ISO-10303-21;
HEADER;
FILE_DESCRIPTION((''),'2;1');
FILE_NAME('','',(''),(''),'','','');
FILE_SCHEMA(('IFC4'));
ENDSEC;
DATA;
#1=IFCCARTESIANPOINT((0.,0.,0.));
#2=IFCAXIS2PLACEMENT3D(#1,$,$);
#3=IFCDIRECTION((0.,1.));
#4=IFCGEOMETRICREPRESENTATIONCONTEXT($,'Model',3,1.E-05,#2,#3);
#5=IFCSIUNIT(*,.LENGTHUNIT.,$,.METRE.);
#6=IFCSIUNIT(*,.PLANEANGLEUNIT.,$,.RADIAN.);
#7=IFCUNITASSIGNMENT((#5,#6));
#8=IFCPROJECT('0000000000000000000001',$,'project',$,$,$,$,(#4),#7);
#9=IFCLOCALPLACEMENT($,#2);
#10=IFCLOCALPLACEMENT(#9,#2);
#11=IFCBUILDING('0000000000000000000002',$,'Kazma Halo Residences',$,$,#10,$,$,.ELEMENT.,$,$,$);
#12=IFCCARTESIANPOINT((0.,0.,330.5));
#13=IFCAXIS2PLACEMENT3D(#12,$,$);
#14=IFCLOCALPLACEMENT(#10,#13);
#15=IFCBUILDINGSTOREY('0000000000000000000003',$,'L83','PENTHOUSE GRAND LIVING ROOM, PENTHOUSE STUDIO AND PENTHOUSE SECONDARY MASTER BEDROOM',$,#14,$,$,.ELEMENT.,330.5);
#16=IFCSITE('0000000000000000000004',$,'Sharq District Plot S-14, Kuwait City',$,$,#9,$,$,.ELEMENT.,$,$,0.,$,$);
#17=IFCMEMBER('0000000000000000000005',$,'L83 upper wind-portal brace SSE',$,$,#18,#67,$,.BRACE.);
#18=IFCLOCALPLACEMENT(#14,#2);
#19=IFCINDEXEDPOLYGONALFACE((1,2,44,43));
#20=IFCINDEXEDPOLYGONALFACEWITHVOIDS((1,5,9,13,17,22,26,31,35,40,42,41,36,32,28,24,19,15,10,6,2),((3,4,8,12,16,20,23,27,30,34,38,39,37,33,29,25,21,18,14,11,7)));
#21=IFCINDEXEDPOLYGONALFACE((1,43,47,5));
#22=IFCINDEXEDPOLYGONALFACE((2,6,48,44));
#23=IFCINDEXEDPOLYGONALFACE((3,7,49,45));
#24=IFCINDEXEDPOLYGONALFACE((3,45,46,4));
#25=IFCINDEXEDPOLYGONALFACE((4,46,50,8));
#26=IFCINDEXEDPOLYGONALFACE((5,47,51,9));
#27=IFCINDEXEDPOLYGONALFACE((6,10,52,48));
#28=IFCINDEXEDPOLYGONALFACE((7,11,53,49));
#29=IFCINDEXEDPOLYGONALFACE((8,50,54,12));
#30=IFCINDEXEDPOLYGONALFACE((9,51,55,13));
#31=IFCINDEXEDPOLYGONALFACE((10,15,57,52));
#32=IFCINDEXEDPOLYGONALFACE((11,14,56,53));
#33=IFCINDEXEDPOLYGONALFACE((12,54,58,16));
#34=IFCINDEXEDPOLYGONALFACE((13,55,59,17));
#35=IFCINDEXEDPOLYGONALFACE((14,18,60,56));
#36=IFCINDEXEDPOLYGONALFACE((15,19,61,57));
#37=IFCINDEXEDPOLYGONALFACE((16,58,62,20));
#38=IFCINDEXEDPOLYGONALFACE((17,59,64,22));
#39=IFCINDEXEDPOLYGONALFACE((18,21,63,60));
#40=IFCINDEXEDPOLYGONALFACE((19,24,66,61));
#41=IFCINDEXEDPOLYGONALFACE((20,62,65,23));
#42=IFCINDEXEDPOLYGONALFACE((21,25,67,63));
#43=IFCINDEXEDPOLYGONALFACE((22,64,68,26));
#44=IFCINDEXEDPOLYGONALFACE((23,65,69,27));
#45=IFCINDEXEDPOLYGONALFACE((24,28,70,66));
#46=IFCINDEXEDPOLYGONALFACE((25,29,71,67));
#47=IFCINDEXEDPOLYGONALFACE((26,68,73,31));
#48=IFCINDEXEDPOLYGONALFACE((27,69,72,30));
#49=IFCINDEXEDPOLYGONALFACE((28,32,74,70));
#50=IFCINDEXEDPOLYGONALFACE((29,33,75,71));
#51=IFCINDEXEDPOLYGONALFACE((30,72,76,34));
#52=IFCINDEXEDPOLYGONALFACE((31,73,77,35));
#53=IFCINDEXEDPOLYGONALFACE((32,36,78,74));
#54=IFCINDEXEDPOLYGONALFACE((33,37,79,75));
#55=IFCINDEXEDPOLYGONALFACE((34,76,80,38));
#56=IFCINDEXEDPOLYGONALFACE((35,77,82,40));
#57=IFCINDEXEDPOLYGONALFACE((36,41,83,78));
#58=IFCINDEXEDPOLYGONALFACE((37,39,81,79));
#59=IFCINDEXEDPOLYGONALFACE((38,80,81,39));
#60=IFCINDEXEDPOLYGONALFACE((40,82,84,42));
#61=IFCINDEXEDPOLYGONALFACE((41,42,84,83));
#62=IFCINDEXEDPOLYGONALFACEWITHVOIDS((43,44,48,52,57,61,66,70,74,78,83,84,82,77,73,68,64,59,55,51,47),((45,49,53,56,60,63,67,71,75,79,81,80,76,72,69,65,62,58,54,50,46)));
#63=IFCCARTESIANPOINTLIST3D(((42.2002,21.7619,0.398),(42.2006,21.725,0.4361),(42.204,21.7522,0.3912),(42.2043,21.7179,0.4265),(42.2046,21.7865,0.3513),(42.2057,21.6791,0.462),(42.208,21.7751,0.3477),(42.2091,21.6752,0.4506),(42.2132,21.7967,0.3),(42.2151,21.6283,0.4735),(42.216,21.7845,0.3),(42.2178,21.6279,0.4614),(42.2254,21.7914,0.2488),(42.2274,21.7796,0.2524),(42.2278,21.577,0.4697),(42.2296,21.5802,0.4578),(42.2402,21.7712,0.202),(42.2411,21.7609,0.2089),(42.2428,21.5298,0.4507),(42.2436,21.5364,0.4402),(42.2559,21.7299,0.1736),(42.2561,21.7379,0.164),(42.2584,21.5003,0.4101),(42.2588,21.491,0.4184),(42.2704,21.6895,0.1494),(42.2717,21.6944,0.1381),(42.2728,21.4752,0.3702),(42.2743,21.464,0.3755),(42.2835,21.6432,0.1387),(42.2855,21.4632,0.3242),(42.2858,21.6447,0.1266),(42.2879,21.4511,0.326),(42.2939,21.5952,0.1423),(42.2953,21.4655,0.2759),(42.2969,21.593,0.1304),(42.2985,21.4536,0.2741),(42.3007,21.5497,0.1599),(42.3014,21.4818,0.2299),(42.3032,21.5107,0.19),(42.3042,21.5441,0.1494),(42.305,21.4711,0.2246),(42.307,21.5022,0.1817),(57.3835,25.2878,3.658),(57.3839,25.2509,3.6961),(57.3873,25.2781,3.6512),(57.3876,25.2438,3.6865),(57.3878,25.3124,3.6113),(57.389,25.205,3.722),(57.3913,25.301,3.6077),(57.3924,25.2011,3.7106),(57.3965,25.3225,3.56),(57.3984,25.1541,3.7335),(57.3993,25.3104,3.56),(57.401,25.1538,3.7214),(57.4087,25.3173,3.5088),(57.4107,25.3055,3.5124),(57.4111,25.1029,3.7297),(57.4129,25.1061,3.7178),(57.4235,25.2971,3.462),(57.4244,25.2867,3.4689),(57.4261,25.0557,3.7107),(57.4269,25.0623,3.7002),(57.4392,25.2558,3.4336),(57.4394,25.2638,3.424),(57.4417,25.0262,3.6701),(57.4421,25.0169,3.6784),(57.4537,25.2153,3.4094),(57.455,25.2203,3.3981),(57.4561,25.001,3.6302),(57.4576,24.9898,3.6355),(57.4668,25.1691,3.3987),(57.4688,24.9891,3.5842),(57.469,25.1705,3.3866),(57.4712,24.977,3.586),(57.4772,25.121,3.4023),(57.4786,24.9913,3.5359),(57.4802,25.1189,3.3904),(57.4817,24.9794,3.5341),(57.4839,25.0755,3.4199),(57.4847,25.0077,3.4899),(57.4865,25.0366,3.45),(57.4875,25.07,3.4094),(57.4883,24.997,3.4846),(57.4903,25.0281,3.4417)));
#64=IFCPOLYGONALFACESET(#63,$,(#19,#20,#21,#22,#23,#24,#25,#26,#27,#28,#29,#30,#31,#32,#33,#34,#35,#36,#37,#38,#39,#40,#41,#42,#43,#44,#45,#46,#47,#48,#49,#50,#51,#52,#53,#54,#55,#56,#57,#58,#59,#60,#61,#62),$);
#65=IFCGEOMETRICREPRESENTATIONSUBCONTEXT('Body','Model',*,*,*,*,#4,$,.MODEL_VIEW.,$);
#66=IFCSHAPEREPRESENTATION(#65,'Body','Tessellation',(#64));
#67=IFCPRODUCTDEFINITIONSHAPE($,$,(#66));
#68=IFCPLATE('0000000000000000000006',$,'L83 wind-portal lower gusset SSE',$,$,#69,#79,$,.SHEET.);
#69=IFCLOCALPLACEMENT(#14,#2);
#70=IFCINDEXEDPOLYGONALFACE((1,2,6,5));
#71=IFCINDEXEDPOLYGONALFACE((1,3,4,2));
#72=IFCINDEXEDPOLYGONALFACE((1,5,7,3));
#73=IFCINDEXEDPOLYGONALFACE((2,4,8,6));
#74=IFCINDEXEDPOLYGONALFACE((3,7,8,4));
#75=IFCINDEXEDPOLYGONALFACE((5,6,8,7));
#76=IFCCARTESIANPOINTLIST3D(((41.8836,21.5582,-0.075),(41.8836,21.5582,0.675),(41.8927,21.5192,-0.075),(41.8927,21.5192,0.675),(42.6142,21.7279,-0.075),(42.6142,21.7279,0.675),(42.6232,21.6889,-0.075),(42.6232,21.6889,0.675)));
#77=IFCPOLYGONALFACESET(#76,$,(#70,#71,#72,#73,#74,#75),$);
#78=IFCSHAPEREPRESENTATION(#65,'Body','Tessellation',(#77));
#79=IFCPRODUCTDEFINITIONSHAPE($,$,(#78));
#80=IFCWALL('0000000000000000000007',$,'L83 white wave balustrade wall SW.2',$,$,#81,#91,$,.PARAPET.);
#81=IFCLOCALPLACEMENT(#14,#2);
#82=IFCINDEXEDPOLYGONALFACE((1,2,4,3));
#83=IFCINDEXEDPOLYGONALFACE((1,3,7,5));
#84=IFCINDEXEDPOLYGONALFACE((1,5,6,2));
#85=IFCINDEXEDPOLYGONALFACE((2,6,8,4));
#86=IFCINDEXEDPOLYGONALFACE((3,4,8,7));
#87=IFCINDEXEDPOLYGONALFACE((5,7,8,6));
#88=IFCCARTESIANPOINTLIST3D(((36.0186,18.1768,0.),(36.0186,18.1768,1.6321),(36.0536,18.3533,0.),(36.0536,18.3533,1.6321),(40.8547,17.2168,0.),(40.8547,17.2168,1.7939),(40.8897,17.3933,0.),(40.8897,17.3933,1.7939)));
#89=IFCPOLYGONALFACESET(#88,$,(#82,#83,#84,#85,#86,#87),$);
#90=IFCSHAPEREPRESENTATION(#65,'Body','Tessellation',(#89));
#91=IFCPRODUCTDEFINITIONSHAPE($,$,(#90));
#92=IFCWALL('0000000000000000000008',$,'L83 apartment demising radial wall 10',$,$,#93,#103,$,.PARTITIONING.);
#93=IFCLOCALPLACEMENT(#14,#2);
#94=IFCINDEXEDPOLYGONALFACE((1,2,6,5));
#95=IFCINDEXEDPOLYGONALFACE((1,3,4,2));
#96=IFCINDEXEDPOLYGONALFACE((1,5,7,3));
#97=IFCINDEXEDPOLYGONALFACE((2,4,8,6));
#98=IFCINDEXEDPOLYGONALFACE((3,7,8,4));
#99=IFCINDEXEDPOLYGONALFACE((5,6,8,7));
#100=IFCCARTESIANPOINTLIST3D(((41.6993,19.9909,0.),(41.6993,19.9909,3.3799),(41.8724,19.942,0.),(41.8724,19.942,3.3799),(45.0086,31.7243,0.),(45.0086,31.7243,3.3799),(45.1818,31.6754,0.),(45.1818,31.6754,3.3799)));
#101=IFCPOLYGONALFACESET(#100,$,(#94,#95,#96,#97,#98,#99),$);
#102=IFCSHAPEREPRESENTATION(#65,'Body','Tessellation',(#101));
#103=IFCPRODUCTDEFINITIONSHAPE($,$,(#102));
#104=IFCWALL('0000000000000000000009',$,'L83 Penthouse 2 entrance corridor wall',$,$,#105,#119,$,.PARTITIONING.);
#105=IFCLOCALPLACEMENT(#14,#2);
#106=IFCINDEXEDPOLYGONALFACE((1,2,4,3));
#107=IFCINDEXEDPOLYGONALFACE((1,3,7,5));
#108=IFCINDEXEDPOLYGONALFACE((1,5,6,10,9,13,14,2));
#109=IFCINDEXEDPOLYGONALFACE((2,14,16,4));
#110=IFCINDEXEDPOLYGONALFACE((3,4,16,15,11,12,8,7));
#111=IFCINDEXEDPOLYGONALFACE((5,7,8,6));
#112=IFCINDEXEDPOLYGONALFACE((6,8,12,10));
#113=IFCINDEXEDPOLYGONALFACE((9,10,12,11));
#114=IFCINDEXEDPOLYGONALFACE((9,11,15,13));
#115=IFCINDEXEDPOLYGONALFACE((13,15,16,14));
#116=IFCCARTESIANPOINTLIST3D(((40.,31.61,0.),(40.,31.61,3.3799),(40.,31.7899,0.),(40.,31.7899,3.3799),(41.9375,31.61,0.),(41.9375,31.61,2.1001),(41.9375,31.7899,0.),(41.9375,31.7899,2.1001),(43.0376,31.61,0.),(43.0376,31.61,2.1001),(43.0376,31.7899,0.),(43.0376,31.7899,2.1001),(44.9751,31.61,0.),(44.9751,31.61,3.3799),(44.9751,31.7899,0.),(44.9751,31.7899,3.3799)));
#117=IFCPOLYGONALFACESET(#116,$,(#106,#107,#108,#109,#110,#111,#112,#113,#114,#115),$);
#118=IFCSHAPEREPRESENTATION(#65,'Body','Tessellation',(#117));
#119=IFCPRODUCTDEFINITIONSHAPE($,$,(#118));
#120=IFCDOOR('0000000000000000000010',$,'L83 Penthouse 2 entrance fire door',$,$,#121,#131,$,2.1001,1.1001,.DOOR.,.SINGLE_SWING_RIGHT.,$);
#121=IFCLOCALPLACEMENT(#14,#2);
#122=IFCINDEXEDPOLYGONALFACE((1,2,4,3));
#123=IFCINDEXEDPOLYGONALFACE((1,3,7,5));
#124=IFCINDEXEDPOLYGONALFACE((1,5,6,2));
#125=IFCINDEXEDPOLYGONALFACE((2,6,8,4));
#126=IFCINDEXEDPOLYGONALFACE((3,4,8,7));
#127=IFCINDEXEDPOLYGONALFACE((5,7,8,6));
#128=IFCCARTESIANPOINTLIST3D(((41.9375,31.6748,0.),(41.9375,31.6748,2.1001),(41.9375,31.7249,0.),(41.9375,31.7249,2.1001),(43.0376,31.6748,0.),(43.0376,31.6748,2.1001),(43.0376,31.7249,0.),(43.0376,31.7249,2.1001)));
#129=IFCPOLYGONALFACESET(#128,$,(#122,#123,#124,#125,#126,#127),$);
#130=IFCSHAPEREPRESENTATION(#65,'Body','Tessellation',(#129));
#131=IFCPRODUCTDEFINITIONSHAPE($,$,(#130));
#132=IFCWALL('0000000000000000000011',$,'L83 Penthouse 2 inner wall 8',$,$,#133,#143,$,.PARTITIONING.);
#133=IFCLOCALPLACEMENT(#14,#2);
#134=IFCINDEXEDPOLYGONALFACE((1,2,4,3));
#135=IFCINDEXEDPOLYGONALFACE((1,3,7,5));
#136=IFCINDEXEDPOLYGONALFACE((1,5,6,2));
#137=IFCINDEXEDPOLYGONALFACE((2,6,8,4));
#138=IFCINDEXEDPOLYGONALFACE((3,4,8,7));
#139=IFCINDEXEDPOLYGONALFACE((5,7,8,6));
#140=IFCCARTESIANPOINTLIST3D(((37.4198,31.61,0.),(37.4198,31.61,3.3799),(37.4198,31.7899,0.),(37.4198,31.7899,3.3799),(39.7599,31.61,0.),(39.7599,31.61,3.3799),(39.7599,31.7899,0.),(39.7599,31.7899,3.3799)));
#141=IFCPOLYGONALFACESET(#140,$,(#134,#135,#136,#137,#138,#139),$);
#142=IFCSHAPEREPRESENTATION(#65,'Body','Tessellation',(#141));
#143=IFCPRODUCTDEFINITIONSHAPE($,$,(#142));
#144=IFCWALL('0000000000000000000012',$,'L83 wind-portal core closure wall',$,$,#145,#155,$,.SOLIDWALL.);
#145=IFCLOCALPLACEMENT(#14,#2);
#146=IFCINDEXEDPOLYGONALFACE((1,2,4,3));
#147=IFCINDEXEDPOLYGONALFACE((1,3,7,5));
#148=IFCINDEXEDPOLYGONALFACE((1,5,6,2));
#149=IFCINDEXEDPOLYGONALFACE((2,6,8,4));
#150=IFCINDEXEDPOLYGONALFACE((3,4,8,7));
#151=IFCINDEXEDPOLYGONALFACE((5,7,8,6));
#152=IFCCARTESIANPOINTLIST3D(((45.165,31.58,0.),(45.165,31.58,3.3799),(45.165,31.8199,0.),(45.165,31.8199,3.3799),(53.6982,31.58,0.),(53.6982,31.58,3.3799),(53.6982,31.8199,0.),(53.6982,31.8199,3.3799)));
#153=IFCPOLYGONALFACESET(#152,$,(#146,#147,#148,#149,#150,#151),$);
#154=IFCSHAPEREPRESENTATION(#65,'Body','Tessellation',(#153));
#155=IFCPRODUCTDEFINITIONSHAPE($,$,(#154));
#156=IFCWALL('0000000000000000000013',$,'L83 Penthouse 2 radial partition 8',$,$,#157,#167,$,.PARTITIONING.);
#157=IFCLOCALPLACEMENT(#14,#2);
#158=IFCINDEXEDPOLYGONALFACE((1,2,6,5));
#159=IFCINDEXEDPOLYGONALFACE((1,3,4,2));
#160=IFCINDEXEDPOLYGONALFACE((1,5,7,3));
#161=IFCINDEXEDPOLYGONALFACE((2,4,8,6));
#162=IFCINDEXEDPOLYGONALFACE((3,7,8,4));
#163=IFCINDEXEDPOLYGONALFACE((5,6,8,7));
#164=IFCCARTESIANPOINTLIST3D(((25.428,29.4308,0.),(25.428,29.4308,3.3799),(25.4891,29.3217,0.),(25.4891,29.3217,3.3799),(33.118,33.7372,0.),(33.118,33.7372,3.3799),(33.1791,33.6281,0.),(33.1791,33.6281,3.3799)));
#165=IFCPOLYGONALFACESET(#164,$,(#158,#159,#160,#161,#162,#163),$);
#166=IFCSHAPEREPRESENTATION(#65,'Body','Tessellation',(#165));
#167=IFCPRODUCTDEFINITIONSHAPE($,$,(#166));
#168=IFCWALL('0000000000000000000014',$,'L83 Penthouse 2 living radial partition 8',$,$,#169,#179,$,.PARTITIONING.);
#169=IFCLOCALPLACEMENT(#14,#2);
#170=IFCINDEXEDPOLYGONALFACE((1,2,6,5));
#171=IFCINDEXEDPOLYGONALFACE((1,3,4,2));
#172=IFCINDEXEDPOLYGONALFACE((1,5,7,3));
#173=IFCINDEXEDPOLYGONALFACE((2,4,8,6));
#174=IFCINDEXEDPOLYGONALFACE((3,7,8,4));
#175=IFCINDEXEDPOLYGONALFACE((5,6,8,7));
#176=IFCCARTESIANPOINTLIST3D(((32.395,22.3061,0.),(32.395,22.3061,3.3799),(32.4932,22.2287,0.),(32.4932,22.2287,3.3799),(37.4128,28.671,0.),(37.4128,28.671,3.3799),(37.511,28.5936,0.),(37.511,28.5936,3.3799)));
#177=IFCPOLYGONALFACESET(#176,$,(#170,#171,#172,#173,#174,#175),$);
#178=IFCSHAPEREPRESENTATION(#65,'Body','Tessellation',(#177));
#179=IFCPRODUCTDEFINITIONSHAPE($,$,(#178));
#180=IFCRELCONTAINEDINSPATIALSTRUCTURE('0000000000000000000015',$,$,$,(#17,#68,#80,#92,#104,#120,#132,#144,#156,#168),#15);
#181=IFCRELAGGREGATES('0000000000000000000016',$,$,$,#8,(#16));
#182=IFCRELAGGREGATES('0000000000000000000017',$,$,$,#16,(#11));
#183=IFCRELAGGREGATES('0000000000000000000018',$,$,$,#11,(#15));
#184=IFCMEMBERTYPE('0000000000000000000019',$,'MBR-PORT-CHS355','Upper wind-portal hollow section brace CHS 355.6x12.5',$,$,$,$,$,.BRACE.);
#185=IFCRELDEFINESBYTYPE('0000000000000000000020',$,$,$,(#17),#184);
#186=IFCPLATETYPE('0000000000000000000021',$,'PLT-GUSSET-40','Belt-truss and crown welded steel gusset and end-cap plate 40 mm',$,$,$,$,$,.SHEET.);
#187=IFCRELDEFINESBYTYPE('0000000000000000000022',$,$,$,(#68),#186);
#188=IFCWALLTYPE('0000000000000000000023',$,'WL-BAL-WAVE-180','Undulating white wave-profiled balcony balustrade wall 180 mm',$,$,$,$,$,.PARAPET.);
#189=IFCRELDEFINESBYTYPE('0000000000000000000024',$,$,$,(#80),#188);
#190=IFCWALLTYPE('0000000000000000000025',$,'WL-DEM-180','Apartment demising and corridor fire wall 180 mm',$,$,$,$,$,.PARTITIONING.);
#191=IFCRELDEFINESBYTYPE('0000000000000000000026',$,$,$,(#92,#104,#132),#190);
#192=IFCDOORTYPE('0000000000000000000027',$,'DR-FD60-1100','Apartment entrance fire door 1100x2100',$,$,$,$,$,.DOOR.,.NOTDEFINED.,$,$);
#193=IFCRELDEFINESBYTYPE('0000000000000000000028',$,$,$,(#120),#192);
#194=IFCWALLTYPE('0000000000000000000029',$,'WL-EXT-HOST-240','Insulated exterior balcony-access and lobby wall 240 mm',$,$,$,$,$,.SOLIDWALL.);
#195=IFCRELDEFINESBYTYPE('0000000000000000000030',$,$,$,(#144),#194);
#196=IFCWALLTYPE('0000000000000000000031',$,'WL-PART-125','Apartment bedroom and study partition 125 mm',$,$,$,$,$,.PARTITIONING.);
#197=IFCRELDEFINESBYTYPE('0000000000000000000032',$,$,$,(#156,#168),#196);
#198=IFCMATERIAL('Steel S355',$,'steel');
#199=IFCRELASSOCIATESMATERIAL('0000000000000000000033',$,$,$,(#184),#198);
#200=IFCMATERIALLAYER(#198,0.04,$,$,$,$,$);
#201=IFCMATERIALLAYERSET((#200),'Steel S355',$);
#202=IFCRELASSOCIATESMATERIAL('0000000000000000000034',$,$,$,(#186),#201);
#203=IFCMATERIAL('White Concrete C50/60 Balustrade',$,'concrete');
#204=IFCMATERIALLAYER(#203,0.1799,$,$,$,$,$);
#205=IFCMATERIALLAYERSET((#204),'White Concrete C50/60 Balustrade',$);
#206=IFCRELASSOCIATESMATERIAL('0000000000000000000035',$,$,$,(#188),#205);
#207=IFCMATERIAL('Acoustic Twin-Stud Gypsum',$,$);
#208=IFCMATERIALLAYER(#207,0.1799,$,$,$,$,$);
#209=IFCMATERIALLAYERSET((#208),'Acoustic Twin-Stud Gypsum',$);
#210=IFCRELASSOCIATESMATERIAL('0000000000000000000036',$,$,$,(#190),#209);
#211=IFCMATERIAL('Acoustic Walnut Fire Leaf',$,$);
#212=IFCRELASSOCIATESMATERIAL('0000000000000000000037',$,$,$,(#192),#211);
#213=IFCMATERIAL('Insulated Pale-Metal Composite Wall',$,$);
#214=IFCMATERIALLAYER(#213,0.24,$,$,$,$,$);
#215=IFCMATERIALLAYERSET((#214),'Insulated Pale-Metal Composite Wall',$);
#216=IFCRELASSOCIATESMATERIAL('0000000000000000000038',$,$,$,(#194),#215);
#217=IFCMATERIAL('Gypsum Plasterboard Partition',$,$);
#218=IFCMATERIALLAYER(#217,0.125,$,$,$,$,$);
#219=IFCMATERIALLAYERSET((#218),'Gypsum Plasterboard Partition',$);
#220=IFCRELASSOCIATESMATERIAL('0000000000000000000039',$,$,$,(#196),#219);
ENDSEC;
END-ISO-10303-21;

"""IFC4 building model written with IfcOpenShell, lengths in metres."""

from ifc_helpers import new_model, si_unit, direction, frame, frame_2d, origin, origin_2d, place, context, subcontext, project, spatial, polyline, rectangle, hollow_circle, outline, extrude, material, layer, layer_set, material_profile, profile_set, type_object, element, fill, save


model = new_model("IFC4")

# Units and contexts
model_context = context("Model", 3, precision=1e-05, world=origin(), true_north=direction((0.0, 1.0)))
body_context = subcontext(model_context, "Body", "Model", "MODEL_VIEW")
ifc_project = project(units=[si_unit("LENGTHUNIT", "METRE"), si_unit("PLANEANGLEUNIT", "RADIAN")], contexts=[model_context])

# Site, building, storey
site_placement = place(None, origin())
site = spatial("IfcSite", under=ifc_project, at=site_placement, Name="Sharq District Plot S-14, Kuwait City", CompositionType="ELEMENT", RefElevation=0.0)
building_placement = place(site_placement, origin())
building = spatial("IfcBuilding", under=site, at=building_placement, Name="Kazma Halo Residences", CompositionType="ELEMENT")
storey_placement = place(building_placement, frame((0.0, 0.0, 330.5)))
storey = spatial("IfcBuildingStorey", under=building, at=storey_placement, Name="L83", Description="PENTHOUSE GRAND LIVING ROOM, PENTHOUSE STUDIO AND PENTHOUSE SECONDARY MASTER BEDROOM", CompositionType="ELEMENT", Elevation=330.5)

# Shared definitions
ifc_material_1 = material(Name="Steel S355", Category="steel")

# Member
ifc_material_profile_1 = material_profile(ifc_material_1, hollow_circle(Radius=0.1777, WallThickness=0.0125, at=origin_2d()), Name="CHS355.6x12.5")
ifc_profile_set_1 = profile_set([ifc_material_profile_1], Name="Steel S355")
member_type = type_object("IfcMemberType", Name="MBR-PORT-CHS355", Description="Upper wind-portal hollow section brace CHS 355.6x12.5", PredefinedType="BRACE", material=ifc_profile_set_1)
member_placement = place(storey_placement, frame((42.2534, 21.6235, 0.3), z_axis=(0.953451, 0.221411, 0.204715), x_axis=(-0.226201, 0.974081, 0.0)))
element("IfcMember", 1, at=member_placement, inside=storey, type_object=member_type, Name="L83 upper wind-portal brace SSE", PredefinedType="BRACE", context=body_context, shape_type="SweptSolid", body=[
    extrude(hollow_circle(Radius=0.1777, WallThickness=0.0125, at=origin_2d()), origin(), (0.0, 0.0, 1.0), 15.9246),
])

# Plate
ifc_layer_1 = layer(ifc_material_1, 0.04)
ifc_layer_set_1 = layer_set([ifc_layer_1], Name="Steel S355")
plate_type = type_object("IfcPlateType", Name="PLT-GUSSET-40", Description="Belt-truss and crown welded steel gusset and end-cap plate 40 mm", PredefinedType="SHEET", material=ifc_layer_set_1)
plate_placement = place(storey_placement, frame((42.2534, 21.6235, -0.075), z_axis=(0.0, 0.0, 1.0), x_axis=(0.974084, 0.226188, 0.0)))
element("IfcPlate", 2, at=plate_placement, inside=storey, type_object=plate_type, Name="L83 wind-portal lower gusset SSE", PredefinedType="SHEET", context=body_context, shape_type="SweptSolid", body=[
    extrude(rectangle(XDim=0.75, YDim=0.04, at=origin_2d()), origin(), (0.0, 0.0, 1.0), 0.75),
])

# Walls
ifc_material_2 = material(Name="White Concrete C50/60 Balustrade", Category="concrete")
ifc_layer_2 = layer(ifc_material_2, 0.1799)
ifc_layer_set_2 = layer_set([ifc_layer_2], Name="White Concrete C50/60 Balustrade")
wall_type_1 = type_object("IfcWallType", Name="WL-BAL-WAVE-180", Description="Undulating white wave-profiled balcony balustrade wall 180 mm", PredefinedType="PARAPET", material=ifc_layer_set_2)
wall_1_placement = place(storey_placement, frame((36.0361, 18.2651, 0.0), z_axis=(0.0, 0.0, 1.0), x_axis=(0.980863, -0.194697, 0.0)))
element("IfcWall", 3, at=wall_1_placement, inside=storey, type_object=wall_type_1, Name="L83 white wave balustrade wall SW.2", PredefinedType="PARAPET", context=body_context, shape_type="SweptSolid", body=[
    extrude(outline(polyline([(0.0, 0.0), (4.9304, 0.0), (4.9304, 1.7939), (0.0, 1.6321), (0.0, 0.0)])), frame((0.0, 0.0898, 0.0), z_axis=(0.0, -1.0, 0.0), x_axis=(1.0, 0.0, 0.0)), (0.0, 0.0, 1.0), 0.1799),
])
ifc_material_3 = material(Name="Acoustic Twin-Stud Gypsum")
ifc_layer_3 = layer(ifc_material_3, 0.1799)
ifc_layer_set_3 = layer_set([ifc_layer_3], Name="Acoustic Twin-Stud Gypsum")
wall_type_2 = type_object("IfcWallType", Name="WL-DEM-180", Description="Apartment demising and corridor fire wall 180 mm", PredefinedType="PARTITIONING", material=ifc_layer_set_3)
wall_2_placement = place(storey_placement, frame((45.0952, 31.7, 0.0), z_axis=(0.0, 0.0, 1.0), x_axis=(-0.271453, -0.962452, 0.0)))
element("IfcWall", 4, at=wall_2_placement, inside=storey, type_object=wall_type_2, Name="L83 apartment demising radial wall 10", PredefinedType="PARTITIONING", context=body_context, shape_type="SweptSolid", body=[
    extrude(rectangle(XDim=12.1912, YDim=0.1799, at=frame_2d((6.0957, 0.0))), origin(), (0.0, 0.0, 1.0), 3.3799),
])

# Wall, opening, door
wall_3_placement = place(storey_placement, frame((40.0, 31.7, 0.0), z_axis=(0.0, 0.0, 1.0), x_axis=(1.0, 0.0, 0.0)))
wall_3 = element("IfcWall", 5, at=wall_3_placement, inside=storey, type_object=wall_type_2, Name="L83 Penthouse 2 entrance corridor wall", PredefinedType="PARTITIONING", context=body_context, shape_type="SweptSolid", body=[
    extrude(rectangle(XDim=4.9751, YDim=0.1799, at=frame_2d((2.4875, 0.0))), origin(), (0.0, 0.0, 1.0), 3.3799),
])
opening_1_placement = place(wall_3_placement, frame((1.9375, 0.0, 0.0)))
opening_1 = element("IfcOpeningElement", 6, at=opening_1_placement, cuts=wall_3, PredefinedType="OPENING", context=body_context, shape_type="SweptSolid", body=[
    extrude(rectangle(XDim=1.1001, YDim=2.1001, at=frame_2d((0.55, 1.05))), frame((0.0, 0.0999, 0.0), z_axis=(0.0, -1.0, 0.0), x_axis=(1.0, 0.0, 0.0)), (0.0, 0.0, 1.0), 0.2),
])
ifc_material_4 = material(Name="Acoustic Walnut Fire Leaf")
door_type_1 = type_object("IfcDoorType", Name="DR-FD60-1100", Description="Apartment entrance fire door 1100x2100", OperationType="NOTDEFINED", PredefinedType="DOOR", material=ifc_material_4)
door_1_placement = place(opening_1_placement, origin())
door_1 = element("IfcDoor", 7, at=door_1_placement, inside=storey, type_object=door_type_1, Name="L83 Penthouse 2 entrance fire door", OperationType="SINGLE_SWING_RIGHT", OverallHeight=2.1001, OverallWidth=1.1001, PredefinedType="DOOR", context=body_context, shape_type="SweptSolid", body=[
    extrude(rectangle(XDim=1.1001, YDim=2.1001, at=frame_2d((0.55, 1.05))), frame((0.0, 0.0249, 0.0), z_axis=(0.0, -1.0, 0.0), x_axis=(1.0, 0.0, 0.0)), (0.0, 0.0, 1.0), 0.05),
])
fill(opening_1, door_1)

# Walls
wall_4_placement = place(storey_placement, frame((37.4199, 31.7, 0.0), z_axis=(0.0, 0.0, 1.0), x_axis=(1.0, 0.0, 0.0)))
element("IfcWall", 8, at=wall_4_placement, inside=storey, type_object=wall_type_2, Name="L83 Penthouse 2 inner wall 8", PredefinedType="PARTITIONING", context=body_context, shape_type="SweptSolid", body=[
    extrude(rectangle(XDim=2.3401, YDim=0.1799, at=frame_2d((1.1699, 0.0))), origin(), (0.0, 0.0, 1.0), 3.3799),
])
ifc_material_5 = material(Name="Insulated Pale-Metal Composite Wall")
ifc_layer_4 = layer(ifc_material_5, 0.24)
ifc_layer_set_4 = layer_set([ifc_layer_4], Name="Insulated Pale-Metal Composite Wall")
wall_type_3 = type_object("IfcWallType", Name="WL-EXT-HOST-240", Description="Insulated exterior balcony-access and lobby wall 240 mm", PredefinedType="SOLIDWALL", material=ifc_layer_set_4)
wall_5_placement = place(storey_placement, frame((45.165, 31.7, 0.0), z_axis=(0.0, 0.0, 1.0), x_axis=(1.0, 0.0, 0.0)))
element("IfcWall", 9, at=wall_5_placement, inside=storey, type_object=wall_type_3, Name="L83 wind-portal core closure wall", PredefinedType="SOLIDWALL", context=body_context, shape_type="SweptSolid", body=[
    extrude(rectangle(XDim=8.5332, YDim=0.24, at=frame_2d((4.2666, 0.0))), origin(), (0.0, 0.0, 1.0), 3.3799),
])
ifc_material_6 = material(Name="Gypsum Plasterboard Partition")
ifc_layer_5 = layer(ifc_material_6, 0.125)
ifc_layer_set_5 = layer_set([ifc_layer_5], Name="Gypsum Plasterboard Partition")
wall_type_4 = type_object("IfcWallType", Name="WL-PART-125", Description="Apartment bedroom and study partition 125 mm", PredefinedType="PARTITIONING", material=ifc_layer_set_5)
wall_6_placement = place(storey_placement, frame((33.1484, 33.6826, 0.0), z_axis=(0.0, 0.0, 1.0), x_axis=(-0.872505, -0.488606, 0.0)))
element("IfcWall", 10, at=wall_6_placement, inside=storey, type_object=wall_type_4, Name="L83 Penthouse 2 radial partition 8", PredefinedType="PARTITIONING", context=body_context, shape_type="SweptSolid", body=[
    extrude(rectangle(XDim=8.8137, YDim=0.125, at=frame_2d((4.4067, 0.0))), origin(), (0.0, 0.0, 1.0), 3.3799),
])
wall_7_placement = place(storey_placement, frame((37.4619, 28.6323, 0.0), z_axis=(0.0, 0.0, 1.0), x_axis=(-0.619099, -0.785313, 0.0)))
element("IfcWall", 11, at=wall_7_placement, inside=storey, type_object=wall_type_4, Name="L83 Penthouse 2 living radial partition 8", PredefinedType="PARTITIONING", context=body_context, shape_type="SweptSolid", body=[
    extrude(rectangle(XDim=8.105, YDim=0.125, at=frame_2d((4.0525, 0.0))), origin(), (0.0, 0.0, 1.0), 3.3799),
])

save(model, "model.ifc")
